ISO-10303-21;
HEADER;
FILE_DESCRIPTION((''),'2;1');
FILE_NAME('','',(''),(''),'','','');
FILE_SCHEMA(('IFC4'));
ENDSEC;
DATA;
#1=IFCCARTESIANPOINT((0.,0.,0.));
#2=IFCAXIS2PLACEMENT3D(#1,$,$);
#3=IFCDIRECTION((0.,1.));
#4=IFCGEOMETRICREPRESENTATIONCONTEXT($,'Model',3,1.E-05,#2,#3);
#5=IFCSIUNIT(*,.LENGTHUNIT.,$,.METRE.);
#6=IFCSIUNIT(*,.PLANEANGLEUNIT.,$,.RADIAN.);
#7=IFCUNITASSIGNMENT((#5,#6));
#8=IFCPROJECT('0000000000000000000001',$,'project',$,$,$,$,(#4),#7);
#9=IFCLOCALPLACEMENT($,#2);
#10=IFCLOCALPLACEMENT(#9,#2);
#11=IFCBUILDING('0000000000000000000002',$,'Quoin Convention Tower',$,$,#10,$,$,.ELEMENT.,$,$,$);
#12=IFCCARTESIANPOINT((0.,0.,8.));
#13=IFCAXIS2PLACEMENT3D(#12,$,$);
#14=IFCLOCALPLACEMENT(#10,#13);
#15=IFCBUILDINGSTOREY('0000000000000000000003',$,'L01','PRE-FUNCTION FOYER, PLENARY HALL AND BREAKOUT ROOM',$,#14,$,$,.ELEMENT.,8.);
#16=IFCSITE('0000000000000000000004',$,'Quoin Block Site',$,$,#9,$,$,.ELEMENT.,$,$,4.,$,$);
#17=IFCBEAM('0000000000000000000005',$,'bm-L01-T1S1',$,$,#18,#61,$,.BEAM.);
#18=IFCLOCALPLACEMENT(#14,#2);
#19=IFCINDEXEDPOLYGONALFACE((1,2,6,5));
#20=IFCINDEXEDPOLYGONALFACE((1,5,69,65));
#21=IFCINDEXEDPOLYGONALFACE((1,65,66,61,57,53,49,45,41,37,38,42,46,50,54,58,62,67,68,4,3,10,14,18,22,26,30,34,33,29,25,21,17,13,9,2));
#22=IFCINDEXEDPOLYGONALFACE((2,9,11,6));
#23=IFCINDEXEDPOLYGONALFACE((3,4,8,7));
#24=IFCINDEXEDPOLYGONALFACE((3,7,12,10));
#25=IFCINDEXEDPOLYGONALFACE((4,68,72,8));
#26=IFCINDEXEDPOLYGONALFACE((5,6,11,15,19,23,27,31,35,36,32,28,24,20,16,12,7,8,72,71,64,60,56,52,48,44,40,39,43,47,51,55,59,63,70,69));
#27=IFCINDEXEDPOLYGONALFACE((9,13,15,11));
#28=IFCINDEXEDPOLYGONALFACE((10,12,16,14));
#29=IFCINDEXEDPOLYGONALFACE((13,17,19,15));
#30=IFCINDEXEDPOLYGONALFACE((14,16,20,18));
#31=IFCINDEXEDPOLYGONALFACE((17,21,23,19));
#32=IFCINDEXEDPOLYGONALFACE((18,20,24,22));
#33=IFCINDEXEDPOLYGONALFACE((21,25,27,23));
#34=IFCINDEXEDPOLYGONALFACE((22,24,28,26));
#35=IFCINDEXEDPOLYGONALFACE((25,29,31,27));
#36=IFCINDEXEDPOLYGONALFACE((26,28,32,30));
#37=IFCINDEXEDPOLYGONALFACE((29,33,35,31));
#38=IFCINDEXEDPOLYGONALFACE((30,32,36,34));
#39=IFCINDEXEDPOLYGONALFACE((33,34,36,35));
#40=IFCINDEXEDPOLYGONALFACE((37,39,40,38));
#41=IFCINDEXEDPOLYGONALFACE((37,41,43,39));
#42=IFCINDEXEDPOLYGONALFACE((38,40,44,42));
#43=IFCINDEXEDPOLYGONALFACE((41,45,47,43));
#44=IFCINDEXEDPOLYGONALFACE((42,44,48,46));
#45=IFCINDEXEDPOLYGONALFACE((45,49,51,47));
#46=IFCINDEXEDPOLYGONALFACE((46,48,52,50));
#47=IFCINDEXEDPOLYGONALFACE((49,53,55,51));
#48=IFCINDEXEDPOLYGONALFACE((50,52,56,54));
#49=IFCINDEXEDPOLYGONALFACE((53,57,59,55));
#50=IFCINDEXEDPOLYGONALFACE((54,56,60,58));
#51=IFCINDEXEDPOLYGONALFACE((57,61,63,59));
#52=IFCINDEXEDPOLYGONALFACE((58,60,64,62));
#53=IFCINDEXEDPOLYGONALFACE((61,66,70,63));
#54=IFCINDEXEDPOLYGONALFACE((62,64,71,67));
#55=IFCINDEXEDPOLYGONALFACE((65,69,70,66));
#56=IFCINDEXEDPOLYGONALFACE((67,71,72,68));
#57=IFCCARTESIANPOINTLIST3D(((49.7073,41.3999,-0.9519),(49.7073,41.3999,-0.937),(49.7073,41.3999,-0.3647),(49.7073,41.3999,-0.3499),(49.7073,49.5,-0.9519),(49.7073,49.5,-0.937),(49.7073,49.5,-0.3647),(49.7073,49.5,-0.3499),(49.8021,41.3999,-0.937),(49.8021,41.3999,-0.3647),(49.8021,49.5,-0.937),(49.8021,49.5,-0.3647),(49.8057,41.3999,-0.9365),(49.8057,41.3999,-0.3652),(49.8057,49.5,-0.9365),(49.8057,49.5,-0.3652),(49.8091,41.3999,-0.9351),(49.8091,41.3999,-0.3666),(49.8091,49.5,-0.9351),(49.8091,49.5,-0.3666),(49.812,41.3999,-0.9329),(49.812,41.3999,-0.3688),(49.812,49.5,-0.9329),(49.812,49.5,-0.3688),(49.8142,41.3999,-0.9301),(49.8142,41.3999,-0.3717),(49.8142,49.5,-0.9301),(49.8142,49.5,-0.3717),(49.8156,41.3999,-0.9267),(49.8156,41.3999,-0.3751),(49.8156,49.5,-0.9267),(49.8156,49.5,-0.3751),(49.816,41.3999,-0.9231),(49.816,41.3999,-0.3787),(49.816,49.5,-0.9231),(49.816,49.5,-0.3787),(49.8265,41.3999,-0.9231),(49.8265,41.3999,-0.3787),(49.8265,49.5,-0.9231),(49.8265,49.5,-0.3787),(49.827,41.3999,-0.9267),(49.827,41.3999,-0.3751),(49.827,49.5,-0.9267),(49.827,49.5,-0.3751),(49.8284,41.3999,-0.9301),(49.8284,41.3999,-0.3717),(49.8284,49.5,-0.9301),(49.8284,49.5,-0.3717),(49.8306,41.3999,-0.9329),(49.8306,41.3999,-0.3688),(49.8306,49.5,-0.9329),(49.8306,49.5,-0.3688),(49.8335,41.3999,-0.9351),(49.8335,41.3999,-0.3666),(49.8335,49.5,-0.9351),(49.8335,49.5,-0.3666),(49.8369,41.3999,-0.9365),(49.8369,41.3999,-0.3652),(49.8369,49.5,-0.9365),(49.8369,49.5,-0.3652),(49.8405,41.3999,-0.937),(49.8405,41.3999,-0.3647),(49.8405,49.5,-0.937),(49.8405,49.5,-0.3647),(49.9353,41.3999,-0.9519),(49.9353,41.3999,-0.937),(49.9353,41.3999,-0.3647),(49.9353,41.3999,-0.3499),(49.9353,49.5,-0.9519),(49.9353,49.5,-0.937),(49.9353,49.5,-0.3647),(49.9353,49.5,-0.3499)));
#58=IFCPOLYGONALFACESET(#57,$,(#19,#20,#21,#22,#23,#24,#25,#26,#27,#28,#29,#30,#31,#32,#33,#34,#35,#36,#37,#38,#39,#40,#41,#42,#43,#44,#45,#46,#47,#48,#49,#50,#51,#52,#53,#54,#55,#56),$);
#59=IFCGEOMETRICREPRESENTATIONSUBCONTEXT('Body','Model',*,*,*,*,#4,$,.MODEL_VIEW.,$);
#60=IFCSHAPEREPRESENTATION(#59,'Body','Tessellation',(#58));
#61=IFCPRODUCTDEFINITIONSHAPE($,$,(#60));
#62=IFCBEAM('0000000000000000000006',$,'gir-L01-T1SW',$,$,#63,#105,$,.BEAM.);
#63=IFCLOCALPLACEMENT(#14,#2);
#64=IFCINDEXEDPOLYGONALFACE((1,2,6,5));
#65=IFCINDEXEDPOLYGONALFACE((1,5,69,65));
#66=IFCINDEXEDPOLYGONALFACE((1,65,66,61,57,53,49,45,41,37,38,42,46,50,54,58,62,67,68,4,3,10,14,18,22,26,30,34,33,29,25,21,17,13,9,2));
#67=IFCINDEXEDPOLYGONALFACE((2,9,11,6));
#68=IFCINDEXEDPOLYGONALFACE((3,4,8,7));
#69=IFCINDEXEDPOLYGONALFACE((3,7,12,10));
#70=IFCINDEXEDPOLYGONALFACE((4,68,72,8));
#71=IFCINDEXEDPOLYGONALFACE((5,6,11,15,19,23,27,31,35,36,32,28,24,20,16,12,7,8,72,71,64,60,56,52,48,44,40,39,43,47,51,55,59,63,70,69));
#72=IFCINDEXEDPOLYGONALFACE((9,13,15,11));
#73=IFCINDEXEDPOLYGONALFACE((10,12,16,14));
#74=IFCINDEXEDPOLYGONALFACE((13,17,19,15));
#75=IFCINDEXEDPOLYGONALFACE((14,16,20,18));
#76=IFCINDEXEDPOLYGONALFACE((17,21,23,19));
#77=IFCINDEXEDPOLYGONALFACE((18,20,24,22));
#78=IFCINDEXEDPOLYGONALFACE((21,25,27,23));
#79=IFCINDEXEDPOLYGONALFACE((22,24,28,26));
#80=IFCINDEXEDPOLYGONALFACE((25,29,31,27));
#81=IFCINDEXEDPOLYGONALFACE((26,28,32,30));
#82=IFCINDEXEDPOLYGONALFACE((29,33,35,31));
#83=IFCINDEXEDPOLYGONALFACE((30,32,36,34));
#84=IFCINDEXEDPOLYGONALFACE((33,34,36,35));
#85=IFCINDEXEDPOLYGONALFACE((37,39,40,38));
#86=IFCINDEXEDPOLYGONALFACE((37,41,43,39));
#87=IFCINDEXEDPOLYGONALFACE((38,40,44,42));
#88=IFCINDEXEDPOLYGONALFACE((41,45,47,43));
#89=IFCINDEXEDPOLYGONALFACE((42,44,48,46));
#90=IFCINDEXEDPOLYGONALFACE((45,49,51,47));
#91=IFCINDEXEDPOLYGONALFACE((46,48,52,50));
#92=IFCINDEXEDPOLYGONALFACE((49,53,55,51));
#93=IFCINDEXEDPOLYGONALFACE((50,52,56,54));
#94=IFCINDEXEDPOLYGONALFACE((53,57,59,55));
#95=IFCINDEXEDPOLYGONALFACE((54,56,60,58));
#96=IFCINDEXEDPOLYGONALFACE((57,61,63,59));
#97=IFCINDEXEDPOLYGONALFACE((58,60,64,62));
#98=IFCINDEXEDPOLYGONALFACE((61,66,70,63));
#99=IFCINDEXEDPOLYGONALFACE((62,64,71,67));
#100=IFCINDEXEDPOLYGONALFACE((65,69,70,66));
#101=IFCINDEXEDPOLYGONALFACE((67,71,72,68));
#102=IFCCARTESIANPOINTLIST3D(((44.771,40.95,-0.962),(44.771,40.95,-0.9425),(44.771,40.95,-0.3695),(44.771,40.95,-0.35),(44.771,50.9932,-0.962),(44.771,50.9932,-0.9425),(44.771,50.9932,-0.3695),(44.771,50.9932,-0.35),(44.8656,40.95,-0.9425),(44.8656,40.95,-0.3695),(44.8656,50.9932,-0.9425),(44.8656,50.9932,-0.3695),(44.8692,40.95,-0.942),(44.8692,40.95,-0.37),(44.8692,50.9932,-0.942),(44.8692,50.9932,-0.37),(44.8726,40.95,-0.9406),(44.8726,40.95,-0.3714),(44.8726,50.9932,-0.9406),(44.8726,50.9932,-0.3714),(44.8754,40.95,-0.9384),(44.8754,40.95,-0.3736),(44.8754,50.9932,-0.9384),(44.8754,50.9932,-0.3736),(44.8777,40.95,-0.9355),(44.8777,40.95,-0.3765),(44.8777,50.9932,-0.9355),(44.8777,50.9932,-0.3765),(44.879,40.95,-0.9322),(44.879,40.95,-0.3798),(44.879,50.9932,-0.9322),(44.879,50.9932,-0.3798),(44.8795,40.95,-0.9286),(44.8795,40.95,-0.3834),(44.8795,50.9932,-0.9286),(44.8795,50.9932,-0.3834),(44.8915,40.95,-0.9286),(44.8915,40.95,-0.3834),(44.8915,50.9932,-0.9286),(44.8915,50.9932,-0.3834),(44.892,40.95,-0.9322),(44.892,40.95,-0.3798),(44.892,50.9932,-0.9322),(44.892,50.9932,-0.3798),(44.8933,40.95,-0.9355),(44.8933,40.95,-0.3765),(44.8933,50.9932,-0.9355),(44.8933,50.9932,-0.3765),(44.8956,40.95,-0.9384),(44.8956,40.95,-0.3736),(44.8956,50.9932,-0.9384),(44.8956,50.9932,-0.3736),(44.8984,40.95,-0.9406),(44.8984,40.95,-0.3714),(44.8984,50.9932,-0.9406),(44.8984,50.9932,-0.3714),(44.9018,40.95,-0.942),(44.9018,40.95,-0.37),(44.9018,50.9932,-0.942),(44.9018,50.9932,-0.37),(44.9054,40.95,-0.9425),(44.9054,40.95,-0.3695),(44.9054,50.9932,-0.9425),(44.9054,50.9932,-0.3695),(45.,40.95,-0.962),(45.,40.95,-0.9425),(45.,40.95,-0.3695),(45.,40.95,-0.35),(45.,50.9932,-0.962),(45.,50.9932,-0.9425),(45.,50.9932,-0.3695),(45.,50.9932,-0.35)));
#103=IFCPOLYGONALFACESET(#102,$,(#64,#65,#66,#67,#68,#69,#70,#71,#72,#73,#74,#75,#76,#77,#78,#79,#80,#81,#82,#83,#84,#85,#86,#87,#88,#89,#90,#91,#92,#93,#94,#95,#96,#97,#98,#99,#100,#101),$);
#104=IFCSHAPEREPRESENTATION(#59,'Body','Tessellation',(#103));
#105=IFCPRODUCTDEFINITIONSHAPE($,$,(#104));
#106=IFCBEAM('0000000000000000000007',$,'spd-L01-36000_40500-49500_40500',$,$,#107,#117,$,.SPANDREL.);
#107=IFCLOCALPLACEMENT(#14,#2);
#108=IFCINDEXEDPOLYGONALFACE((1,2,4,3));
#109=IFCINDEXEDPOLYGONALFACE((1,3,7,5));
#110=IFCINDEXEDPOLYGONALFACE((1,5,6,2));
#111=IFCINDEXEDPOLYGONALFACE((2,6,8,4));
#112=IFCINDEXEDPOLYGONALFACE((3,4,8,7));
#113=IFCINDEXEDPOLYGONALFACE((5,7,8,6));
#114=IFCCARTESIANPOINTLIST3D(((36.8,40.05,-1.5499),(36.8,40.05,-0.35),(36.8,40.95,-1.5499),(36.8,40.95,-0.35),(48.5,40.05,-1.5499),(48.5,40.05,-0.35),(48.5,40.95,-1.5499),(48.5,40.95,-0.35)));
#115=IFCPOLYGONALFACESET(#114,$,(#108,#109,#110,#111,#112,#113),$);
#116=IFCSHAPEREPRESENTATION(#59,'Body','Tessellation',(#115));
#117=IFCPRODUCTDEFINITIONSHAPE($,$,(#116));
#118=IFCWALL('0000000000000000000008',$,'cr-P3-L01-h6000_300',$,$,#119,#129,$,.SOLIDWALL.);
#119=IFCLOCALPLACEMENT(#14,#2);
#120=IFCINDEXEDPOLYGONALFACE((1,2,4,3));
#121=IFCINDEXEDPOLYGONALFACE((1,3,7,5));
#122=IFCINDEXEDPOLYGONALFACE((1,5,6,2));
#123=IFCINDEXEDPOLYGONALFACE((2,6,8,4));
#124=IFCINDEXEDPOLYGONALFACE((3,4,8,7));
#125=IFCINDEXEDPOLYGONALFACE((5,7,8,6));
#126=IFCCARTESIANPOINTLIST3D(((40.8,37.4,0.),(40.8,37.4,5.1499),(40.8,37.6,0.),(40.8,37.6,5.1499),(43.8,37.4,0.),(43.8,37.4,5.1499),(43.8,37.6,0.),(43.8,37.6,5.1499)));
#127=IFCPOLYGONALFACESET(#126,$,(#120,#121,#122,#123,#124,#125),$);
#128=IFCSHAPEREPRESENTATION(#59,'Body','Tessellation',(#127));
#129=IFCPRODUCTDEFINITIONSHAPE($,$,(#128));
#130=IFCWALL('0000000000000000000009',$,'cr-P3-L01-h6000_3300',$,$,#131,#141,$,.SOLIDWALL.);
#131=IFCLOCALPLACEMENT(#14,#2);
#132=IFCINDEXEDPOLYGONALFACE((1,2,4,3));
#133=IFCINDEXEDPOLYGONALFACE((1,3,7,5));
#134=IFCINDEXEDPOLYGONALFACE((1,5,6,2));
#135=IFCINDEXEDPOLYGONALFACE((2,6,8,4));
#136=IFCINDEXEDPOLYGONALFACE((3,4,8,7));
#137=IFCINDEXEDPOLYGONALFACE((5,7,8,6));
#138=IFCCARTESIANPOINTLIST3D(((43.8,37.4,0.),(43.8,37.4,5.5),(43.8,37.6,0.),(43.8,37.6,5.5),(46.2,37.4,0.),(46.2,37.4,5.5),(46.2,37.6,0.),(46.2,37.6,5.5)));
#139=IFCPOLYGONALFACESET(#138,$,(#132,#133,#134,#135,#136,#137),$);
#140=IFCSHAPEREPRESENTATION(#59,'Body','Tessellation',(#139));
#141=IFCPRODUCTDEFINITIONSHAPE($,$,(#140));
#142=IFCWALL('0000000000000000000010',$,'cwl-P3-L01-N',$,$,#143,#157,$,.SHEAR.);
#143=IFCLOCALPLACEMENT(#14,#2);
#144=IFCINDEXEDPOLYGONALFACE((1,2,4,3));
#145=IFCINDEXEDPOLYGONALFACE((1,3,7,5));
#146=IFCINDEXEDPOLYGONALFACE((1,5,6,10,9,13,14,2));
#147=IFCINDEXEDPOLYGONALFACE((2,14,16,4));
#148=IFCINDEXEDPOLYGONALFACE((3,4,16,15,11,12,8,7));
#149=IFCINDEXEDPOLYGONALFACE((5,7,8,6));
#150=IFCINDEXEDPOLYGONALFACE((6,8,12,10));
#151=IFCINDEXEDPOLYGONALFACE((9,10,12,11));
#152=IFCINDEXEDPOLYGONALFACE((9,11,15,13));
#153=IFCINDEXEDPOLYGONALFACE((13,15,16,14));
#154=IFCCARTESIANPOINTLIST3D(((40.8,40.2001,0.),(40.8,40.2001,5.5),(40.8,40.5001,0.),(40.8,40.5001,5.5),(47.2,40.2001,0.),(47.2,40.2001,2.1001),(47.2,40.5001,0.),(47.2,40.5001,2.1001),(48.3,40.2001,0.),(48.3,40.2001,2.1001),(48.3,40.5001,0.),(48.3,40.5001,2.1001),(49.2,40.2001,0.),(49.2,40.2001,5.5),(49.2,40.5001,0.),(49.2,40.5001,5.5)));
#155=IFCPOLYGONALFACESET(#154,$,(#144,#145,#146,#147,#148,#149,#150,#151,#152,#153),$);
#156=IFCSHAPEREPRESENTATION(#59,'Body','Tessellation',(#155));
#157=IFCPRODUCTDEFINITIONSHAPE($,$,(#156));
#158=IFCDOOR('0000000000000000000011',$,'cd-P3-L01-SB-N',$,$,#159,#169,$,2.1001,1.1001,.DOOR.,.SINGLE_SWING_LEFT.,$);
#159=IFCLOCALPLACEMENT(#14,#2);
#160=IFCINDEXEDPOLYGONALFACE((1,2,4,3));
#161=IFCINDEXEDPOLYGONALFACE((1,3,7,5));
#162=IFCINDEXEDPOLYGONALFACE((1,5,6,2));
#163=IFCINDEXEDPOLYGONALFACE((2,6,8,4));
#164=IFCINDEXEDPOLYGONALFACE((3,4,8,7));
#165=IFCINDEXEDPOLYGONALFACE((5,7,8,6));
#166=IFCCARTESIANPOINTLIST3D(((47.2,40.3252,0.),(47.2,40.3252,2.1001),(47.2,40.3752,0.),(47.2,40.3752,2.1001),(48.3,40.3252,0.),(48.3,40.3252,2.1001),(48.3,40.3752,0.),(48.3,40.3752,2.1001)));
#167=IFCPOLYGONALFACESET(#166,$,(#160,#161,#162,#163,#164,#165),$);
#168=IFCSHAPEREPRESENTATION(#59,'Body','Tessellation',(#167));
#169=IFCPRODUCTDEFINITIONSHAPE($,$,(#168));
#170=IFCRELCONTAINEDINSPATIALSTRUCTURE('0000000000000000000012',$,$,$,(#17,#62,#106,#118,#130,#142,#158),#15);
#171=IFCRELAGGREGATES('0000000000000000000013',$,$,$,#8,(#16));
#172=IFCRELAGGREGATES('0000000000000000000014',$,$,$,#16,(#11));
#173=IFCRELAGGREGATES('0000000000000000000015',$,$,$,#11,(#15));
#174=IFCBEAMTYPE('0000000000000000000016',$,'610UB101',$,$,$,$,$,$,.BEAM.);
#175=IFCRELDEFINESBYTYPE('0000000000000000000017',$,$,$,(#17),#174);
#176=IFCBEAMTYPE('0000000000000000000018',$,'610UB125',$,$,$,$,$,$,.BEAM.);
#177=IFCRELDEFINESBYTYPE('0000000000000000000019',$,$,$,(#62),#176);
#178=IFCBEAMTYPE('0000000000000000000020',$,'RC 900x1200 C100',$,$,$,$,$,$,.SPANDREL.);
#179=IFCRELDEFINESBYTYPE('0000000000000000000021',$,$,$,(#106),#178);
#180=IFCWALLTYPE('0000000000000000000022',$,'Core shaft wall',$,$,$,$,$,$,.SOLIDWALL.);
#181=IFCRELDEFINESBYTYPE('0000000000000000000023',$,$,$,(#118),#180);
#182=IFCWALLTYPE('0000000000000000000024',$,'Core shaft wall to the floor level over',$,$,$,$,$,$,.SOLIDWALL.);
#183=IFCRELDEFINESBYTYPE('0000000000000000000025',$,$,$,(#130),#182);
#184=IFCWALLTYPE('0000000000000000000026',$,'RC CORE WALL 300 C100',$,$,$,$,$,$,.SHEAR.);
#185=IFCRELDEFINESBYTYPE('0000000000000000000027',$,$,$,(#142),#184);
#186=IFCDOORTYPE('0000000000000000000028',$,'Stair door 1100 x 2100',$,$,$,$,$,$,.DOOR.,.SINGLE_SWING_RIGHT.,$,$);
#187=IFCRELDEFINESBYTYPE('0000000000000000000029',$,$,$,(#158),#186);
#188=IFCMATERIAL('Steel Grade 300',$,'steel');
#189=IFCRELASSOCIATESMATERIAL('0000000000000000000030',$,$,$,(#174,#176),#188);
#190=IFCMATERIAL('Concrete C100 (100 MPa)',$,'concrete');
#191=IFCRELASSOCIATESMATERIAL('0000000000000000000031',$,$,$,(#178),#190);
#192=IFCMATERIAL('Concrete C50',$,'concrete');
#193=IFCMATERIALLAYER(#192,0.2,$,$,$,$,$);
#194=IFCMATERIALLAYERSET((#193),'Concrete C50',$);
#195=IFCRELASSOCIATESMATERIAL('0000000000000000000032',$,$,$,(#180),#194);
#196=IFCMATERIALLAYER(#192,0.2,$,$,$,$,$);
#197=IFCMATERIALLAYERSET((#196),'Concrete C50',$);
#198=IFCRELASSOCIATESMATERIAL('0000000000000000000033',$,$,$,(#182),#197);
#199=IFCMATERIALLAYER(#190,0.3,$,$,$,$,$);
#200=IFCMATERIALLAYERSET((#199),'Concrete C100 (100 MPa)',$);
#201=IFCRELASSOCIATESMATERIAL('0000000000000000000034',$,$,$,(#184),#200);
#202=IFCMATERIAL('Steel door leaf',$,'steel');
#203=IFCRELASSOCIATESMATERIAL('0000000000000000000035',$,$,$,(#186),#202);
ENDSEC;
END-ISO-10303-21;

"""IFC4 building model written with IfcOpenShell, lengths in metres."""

from ifc_helpers import new_model, si_unit, direction, frame, frame_2d, origin, origin_2d, place, context, subcontext, project, spatial, rectangle, i_section, extrude, material, layer, layer_set, material_profile, profile_set, type_object, element, fill, save


model = new_model("IFC4")

# Units and contexts
model_context = context("Model", 3, precision=1e-05, world=origin(), true_north=direction((0.0, 1.0)))
body_context = subcontext(model_context, "Body", "Model", "MODEL_VIEW")
ifc_project = project(units=[si_unit("LENGTHUNIT", "METRE"), si_unit("PLANEANGLEUNIT", "RADIAN")], contexts=[model_context])

# Site, building, storey
site_placement = place(None, origin())
site = spatial("IfcSite", under=ifc_project, at=site_placement, Name="Quoin Block Site", CompositionType="ELEMENT", RefElevation=4.0)
building_placement = place(site_placement, origin())
building = spatial("IfcBuilding", under=site, at=building_placement, Name="Quoin Convention Tower", CompositionType="ELEMENT")
storey_placement = place(building_placement, frame((0.0, 0.0, 8.0)))
storey = spatial("IfcBuildingStorey", under=building, at=storey_placement, Name="L01", Description="PRE-FUNCTION FOYER, PLENARY HALL AND BREAKOUT ROOM", CompositionType="ELEMENT", Elevation=8.0)

# Shared definitions
ifc_material_1 = material(Name="Concrete C100 (100 MPa)", Category="concrete")

# Beams
ifc_material_2 = material(Name="Steel Grade 300", Category="steel")
ifc_material_profile_1 = material_profile(ifc_material_2, i_section(OverallWidth=0.228, OverallDepth=0.6021, WebThickness=0.0105, FlangeThickness=0.0149, FilletRadius=0.0139, at=origin_2d()), Name="610UB101")
ifc_profile_set_1 = profile_set([ifc_material_profile_1], Name="Steel Grade 300")
beam_type_1 = type_object("IfcBeamType", Name="610UB101", PredefinedType="BEAM", material=ifc_profile_set_1)
beam_1_placement = place(storey_placement, frame((49.8213, 41.3999, -0.6509), z_axis=(0.0, 1.0, 0.0), x_axis=(-1.0, 0.0, 0.0)))
element("IfcBeam", 1, at=beam_1_placement, inside=storey, type_object=beam_type_1, Name="bm-L01-T1S1", PredefinedType="BEAM", context=body_context, shape_type="SweptSolid", body=[
    extrude(i_section(OverallWidth=0.228, OverallDepth=0.6021, WebThickness=0.0105, FlangeThickness=0.0149, FilletRadius=0.0139, at=origin_2d()), origin(), (0.0, 0.0, 1.0), 8.1001),
])
ifc_material_profile_2 = material_profile(ifc_material_2, i_section(OverallWidth=0.229, OverallDepth=0.6121, WebThickness=0.012, FlangeThickness=0.0195, FilletRadius=0.0139, at=origin_2d()), Name="610UB125")
ifc_profile_set_2 = profile_set([ifc_material_profile_2], Name="Steel Grade 300")
beam_type_2 = type_object("IfcBeamType", Name="610UB125", PredefinedType="BEAM", material=ifc_profile_set_2)
beam_2_placement = place(storey_placement, frame((44.8855, 40.95, -0.656), z_axis=(0.0, 1.0, 0.0), x_axis=(-1.0, 0.0, 0.0)))
element("IfcBeam", 2, at=beam_2_placement, inside=storey, type_object=beam_type_2, Name="gir-L01-T1SW", PredefinedType="BEAM", context=body_context, shape_type="SweptSolid", body=[
    extrude(i_section(OverallWidth=0.229, OverallDepth=0.6121, WebThickness=0.012, FlangeThickness=0.0195, FilletRadius=0.0139, at=origin_2d()), origin(), (0.0, 0.0, 1.0), 10.0432),
])
ifc_material_profile_3 = material_profile(ifc_material_1, rectangle(XDim=0.8999, YDim=1.2, at=origin_2d()), Name="RC 900x1200")
ifc_profile_set_3 = profile_set([ifc_material_profile_3], Name="Concrete C100 (100 MPa)")
beam_type_3 = type_object("IfcBeamType", Name="RC 900x1200 C100", PredefinedType="SPANDREL", material=ifc_profile_set_3)
beam_3_placement = place(storey_placement, frame((36.8, 40.5, -0.95), z_axis=(1.0, 0.0, 0.0), x_axis=(0.0, 1.0, 0.0)))
element("IfcBeam", 3, at=beam_3_placement, inside=storey, type_object=beam_type_3, Name="spd-L01-36000_40500-49500_40500", PredefinedType="SPANDREL", context=body_context, shape_type="SweptSolid", body=[
    extrude(rectangle(XDim=0.8999, YDim=1.2, at=origin_2d()), origin(), (0.0, 0.0, 1.0), 11.7),
])

# Walls
ifc_material_3 = material(Name="Concrete C50", Category="concrete")
ifc_layer_1 = layer(ifc_material_3, 0.2)
ifc_layer_set_1 = layer_set([ifc_layer_1], Name="Concrete C50")
wall_type_1 = type_object("IfcWallType", Name="Core shaft wall", PredefinedType="SOLIDWALL", material=ifc_layer_set_1)
wall_1_placement = place(storey_placement, frame((40.8, 37.5, 0.0), z_axis=(0.0, 0.0, 1.0), x_axis=(1.0, 0.0, 0.0)))
element("IfcWall", 4, at=wall_1_placement, inside=storey, type_object=wall_type_1, Name="cr-P3-L01-h6000_300", PredefinedType="SOLIDWALL", context=body_context, shape_type="SweptSolid", body=[
    extrude(rectangle(XDim=3.0, YDim=0.2, at=frame_2d((1.5, 0.0))), origin(), (0.0, 0.0, 1.0), 5.1499),
])
ifc_layer_2 = layer(ifc_material_3, 0.2)
ifc_layer_set_2 = layer_set([ifc_layer_2], Name="Concrete C50")
wall_type_2 = type_object("IfcWallType", Name="Core shaft wall to the floor level over", PredefinedType="SOLIDWALL", material=ifc_layer_set_2)
wall_2_placement = place(storey_placement, frame((43.8, 37.5, 0.0), z_axis=(0.0, 0.0, 1.0), x_axis=(1.0, 0.0, 0.0)))
element("IfcWall", 5, at=wall_2_placement, inside=storey, type_object=wall_type_2, Name="cr-P3-L01-h6000_3300", PredefinedType="SOLIDWALL", context=body_context, shape_type="SweptSolid", body=[
    extrude(rectangle(XDim=2.3999, YDim=0.2, at=frame_2d((1.2, 0.0))), origin(), (0.0, 0.0, 1.0), 5.5),
])

# Wall, opening, door
ifc_layer_3 = layer(ifc_material_1, 0.3)
ifc_layer_set_3 = layer_set([ifc_layer_3], Name="Concrete C100 (100 MPa)")
wall_type_3 = type_object("IfcWallType", Name="RC CORE WALL 300 C100", PredefinedType="SHEAR", material=ifc_layer_set_3)
wall_3_placement = place(storey_placement, frame((40.8, 40.3501, 0.0), z_axis=(0.0, 0.0, 1.0), x_axis=(1.0, 0.0, 0.0)))
wall_3 = element("IfcWall", 6, at=wall_3_placement, inside=storey, type_object=wall_type_3, Name="cwl-P3-L01-N", PredefinedType="SHEAR", context=body_context, shape_type="SweptSolid", body=[
    extrude(rectangle(XDim=8.3999, YDim=0.3, at=frame_2d((4.2, 0.0))), origin(), (0.0, 0.0, 1.0), 5.5),
])
opening_placement = place(wall_3_placement, frame((6.3999, 0.0, 0.0)))
opening = element("IfcOpeningElement", 7, at=opening_placement, cuts=wall_3, PredefinedType="OPENING", context=body_context, shape_type="SweptSolid", body=[
    extrude(rectangle(XDim=1.1001, YDim=2.1001, at=frame_2d((0.55, 1.05))), frame((0.0, 0.1599, 0.0), z_axis=(0.0, -1.0, 0.0), x_axis=(1.0, 0.0, 0.0)), (0.0, 0.0, 1.0), 0.3201),
])
ifc_material_4 = material(Name="Steel door leaf", Category="steel")
door_type = type_object("IfcDoorType", Name="Stair door 1100 x 2100", OperationType="SINGLE_SWING_RIGHT", PredefinedType="DOOR", material=ifc_material_4)
door_placement = place(opening_placement, frame((1.1001, 0.0, 0.0), z_axis=(0.0, 0.0, 1.0), x_axis=(-1.0, 0.0, 0.0)))
door = element("IfcDoor", 8, at=door_placement, inside=storey, type_object=door_type, Name="cd-P3-L01-SB-N", OperationType="SINGLE_SWING_LEFT", OverallHeight=2.1001, OverallWidth=1.1001, PredefinedType="DOOR", context=body_context, shape_type="SweptSolid", body=[
    extrude(rectangle(XDim=1.1001, YDim=2.1001, at=frame_2d((0.55, 1.05))), frame((0.0, 0.0249, 0.0), z_axis=(0.0, -1.0, 0.0), x_axis=(1.0, 0.0, 0.0)), (0.0, 0.0, 1.0), 0.05),
])
fill(opening, door)

save(model, "model.ifc")
